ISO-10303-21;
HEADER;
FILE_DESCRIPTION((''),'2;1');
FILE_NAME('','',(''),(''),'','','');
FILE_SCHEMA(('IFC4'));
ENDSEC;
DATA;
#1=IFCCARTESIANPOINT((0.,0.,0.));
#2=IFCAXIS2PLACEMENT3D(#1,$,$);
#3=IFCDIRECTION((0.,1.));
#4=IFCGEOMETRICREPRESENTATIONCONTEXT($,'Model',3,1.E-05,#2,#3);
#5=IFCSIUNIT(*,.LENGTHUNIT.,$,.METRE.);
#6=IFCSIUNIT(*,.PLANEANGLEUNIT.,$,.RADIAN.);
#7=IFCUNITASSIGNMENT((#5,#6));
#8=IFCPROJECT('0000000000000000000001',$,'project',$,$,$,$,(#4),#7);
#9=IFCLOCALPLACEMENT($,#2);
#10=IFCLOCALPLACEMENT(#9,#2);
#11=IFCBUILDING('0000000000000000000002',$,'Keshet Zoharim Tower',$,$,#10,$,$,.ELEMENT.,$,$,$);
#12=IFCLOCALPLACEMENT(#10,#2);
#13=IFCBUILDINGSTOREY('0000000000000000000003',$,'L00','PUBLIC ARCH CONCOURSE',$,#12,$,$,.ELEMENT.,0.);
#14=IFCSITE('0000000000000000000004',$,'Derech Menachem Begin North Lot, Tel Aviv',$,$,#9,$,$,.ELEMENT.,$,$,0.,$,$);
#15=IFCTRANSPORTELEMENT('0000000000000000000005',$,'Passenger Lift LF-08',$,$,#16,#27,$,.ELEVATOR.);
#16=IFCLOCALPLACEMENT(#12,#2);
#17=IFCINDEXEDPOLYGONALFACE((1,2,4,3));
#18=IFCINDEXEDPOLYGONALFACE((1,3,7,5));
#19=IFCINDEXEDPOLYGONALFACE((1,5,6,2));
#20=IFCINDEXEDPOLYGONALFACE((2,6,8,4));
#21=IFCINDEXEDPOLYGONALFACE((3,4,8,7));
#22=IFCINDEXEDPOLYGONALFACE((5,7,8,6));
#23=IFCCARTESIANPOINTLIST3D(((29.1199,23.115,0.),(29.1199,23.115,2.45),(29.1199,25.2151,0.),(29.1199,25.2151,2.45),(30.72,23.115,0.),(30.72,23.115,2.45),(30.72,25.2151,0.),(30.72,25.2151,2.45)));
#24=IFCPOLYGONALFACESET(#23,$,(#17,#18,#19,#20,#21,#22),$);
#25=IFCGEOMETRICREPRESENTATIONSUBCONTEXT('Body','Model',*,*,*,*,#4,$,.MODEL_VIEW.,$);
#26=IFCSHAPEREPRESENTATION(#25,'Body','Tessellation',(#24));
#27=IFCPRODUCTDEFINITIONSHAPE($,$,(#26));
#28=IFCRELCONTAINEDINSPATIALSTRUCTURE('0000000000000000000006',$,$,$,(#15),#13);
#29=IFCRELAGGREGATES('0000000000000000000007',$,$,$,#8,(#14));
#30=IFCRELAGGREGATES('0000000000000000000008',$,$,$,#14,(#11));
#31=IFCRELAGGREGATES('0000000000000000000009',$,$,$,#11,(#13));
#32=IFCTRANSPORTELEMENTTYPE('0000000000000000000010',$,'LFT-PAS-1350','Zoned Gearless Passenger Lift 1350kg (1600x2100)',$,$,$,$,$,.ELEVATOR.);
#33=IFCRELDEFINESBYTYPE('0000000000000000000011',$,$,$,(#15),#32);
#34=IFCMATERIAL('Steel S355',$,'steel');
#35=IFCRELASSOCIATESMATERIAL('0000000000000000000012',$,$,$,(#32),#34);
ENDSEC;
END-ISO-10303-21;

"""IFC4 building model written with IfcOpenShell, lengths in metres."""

from ifc_helpers import new_model, si_unit, direction, frame, origin, origin_2d, place, context, subcontext, project, spatial, rectangle, extrude, material, type_object, element, save


model = new_model("IFC4")

# Units and contexts
model_context = context("Model", 3, precision=1e-05, world=origin(), true_north=direction((0.0, 1.0)))
body_context = subcontext(model_context, "Body", "Model", "MODEL_VIEW")
ifc_project = project(units=[si_unit("LENGTHUNIT", "METRE"), si_unit("PLANEANGLEUNIT", "RADIAN")], contexts=[model_context])

# Site, building, storey
site_placement = place(None, origin())
site = spatial("IfcSite", under=ifc_project, at=site_placement, Name="Derech Menachem Begin North Lot, Tel Aviv", CompositionType="ELEMENT", RefElevation=0.0)
building_placement = place(site_placement, origin())
building = spatial("IfcBuilding", under=site, at=building_placement, Name="Keshet Zoharim Tower", CompositionType="ELEMENT")
storey_placement = place(building_placement, origin())
storey = spatial("IfcBuildingStorey", under=building, at=storey_placement, Name="L00", Description="PUBLIC ARCH CONCOURSE", CompositionType="ELEMENT", Elevation=0.0)

# Shared definitions
ifc_material_1 = material(Name="Steel S355", Category="steel")

# Transport element
transport_element_type = type_object("IfcTransportElementType", Name="LFT-PAS-1350", Description="Zoned Gearless Passenger Lift 1350kg (1600x2100)", PredefinedType="ELEVATOR", material=ifc_material_1)
for number, where, z_axis, x_axis, name in (
    (1, (29.9199, 24.165, 0.0), (0.0, 0.0, 1.0), (1.0, 0.0, 0.0), "Passenger Lift LF-08"),
):
    element("IfcTransportElement", number, at=place(storey_placement, frame(where, z_axis=z_axis, x_axis=x_axis)), inside=storey, type_object=transport_element_type, Name=name, PredefinedType="ELEVATOR", context=body_context, shape_type="SweptSolid", body=[
        extrude(rectangle(XDim=1.6001, YDim=2.1001, at=origin_2d()), origin(), (0.0, 0.0, 1.0), 2.45),
    ])

save(model, "model.ifc")
